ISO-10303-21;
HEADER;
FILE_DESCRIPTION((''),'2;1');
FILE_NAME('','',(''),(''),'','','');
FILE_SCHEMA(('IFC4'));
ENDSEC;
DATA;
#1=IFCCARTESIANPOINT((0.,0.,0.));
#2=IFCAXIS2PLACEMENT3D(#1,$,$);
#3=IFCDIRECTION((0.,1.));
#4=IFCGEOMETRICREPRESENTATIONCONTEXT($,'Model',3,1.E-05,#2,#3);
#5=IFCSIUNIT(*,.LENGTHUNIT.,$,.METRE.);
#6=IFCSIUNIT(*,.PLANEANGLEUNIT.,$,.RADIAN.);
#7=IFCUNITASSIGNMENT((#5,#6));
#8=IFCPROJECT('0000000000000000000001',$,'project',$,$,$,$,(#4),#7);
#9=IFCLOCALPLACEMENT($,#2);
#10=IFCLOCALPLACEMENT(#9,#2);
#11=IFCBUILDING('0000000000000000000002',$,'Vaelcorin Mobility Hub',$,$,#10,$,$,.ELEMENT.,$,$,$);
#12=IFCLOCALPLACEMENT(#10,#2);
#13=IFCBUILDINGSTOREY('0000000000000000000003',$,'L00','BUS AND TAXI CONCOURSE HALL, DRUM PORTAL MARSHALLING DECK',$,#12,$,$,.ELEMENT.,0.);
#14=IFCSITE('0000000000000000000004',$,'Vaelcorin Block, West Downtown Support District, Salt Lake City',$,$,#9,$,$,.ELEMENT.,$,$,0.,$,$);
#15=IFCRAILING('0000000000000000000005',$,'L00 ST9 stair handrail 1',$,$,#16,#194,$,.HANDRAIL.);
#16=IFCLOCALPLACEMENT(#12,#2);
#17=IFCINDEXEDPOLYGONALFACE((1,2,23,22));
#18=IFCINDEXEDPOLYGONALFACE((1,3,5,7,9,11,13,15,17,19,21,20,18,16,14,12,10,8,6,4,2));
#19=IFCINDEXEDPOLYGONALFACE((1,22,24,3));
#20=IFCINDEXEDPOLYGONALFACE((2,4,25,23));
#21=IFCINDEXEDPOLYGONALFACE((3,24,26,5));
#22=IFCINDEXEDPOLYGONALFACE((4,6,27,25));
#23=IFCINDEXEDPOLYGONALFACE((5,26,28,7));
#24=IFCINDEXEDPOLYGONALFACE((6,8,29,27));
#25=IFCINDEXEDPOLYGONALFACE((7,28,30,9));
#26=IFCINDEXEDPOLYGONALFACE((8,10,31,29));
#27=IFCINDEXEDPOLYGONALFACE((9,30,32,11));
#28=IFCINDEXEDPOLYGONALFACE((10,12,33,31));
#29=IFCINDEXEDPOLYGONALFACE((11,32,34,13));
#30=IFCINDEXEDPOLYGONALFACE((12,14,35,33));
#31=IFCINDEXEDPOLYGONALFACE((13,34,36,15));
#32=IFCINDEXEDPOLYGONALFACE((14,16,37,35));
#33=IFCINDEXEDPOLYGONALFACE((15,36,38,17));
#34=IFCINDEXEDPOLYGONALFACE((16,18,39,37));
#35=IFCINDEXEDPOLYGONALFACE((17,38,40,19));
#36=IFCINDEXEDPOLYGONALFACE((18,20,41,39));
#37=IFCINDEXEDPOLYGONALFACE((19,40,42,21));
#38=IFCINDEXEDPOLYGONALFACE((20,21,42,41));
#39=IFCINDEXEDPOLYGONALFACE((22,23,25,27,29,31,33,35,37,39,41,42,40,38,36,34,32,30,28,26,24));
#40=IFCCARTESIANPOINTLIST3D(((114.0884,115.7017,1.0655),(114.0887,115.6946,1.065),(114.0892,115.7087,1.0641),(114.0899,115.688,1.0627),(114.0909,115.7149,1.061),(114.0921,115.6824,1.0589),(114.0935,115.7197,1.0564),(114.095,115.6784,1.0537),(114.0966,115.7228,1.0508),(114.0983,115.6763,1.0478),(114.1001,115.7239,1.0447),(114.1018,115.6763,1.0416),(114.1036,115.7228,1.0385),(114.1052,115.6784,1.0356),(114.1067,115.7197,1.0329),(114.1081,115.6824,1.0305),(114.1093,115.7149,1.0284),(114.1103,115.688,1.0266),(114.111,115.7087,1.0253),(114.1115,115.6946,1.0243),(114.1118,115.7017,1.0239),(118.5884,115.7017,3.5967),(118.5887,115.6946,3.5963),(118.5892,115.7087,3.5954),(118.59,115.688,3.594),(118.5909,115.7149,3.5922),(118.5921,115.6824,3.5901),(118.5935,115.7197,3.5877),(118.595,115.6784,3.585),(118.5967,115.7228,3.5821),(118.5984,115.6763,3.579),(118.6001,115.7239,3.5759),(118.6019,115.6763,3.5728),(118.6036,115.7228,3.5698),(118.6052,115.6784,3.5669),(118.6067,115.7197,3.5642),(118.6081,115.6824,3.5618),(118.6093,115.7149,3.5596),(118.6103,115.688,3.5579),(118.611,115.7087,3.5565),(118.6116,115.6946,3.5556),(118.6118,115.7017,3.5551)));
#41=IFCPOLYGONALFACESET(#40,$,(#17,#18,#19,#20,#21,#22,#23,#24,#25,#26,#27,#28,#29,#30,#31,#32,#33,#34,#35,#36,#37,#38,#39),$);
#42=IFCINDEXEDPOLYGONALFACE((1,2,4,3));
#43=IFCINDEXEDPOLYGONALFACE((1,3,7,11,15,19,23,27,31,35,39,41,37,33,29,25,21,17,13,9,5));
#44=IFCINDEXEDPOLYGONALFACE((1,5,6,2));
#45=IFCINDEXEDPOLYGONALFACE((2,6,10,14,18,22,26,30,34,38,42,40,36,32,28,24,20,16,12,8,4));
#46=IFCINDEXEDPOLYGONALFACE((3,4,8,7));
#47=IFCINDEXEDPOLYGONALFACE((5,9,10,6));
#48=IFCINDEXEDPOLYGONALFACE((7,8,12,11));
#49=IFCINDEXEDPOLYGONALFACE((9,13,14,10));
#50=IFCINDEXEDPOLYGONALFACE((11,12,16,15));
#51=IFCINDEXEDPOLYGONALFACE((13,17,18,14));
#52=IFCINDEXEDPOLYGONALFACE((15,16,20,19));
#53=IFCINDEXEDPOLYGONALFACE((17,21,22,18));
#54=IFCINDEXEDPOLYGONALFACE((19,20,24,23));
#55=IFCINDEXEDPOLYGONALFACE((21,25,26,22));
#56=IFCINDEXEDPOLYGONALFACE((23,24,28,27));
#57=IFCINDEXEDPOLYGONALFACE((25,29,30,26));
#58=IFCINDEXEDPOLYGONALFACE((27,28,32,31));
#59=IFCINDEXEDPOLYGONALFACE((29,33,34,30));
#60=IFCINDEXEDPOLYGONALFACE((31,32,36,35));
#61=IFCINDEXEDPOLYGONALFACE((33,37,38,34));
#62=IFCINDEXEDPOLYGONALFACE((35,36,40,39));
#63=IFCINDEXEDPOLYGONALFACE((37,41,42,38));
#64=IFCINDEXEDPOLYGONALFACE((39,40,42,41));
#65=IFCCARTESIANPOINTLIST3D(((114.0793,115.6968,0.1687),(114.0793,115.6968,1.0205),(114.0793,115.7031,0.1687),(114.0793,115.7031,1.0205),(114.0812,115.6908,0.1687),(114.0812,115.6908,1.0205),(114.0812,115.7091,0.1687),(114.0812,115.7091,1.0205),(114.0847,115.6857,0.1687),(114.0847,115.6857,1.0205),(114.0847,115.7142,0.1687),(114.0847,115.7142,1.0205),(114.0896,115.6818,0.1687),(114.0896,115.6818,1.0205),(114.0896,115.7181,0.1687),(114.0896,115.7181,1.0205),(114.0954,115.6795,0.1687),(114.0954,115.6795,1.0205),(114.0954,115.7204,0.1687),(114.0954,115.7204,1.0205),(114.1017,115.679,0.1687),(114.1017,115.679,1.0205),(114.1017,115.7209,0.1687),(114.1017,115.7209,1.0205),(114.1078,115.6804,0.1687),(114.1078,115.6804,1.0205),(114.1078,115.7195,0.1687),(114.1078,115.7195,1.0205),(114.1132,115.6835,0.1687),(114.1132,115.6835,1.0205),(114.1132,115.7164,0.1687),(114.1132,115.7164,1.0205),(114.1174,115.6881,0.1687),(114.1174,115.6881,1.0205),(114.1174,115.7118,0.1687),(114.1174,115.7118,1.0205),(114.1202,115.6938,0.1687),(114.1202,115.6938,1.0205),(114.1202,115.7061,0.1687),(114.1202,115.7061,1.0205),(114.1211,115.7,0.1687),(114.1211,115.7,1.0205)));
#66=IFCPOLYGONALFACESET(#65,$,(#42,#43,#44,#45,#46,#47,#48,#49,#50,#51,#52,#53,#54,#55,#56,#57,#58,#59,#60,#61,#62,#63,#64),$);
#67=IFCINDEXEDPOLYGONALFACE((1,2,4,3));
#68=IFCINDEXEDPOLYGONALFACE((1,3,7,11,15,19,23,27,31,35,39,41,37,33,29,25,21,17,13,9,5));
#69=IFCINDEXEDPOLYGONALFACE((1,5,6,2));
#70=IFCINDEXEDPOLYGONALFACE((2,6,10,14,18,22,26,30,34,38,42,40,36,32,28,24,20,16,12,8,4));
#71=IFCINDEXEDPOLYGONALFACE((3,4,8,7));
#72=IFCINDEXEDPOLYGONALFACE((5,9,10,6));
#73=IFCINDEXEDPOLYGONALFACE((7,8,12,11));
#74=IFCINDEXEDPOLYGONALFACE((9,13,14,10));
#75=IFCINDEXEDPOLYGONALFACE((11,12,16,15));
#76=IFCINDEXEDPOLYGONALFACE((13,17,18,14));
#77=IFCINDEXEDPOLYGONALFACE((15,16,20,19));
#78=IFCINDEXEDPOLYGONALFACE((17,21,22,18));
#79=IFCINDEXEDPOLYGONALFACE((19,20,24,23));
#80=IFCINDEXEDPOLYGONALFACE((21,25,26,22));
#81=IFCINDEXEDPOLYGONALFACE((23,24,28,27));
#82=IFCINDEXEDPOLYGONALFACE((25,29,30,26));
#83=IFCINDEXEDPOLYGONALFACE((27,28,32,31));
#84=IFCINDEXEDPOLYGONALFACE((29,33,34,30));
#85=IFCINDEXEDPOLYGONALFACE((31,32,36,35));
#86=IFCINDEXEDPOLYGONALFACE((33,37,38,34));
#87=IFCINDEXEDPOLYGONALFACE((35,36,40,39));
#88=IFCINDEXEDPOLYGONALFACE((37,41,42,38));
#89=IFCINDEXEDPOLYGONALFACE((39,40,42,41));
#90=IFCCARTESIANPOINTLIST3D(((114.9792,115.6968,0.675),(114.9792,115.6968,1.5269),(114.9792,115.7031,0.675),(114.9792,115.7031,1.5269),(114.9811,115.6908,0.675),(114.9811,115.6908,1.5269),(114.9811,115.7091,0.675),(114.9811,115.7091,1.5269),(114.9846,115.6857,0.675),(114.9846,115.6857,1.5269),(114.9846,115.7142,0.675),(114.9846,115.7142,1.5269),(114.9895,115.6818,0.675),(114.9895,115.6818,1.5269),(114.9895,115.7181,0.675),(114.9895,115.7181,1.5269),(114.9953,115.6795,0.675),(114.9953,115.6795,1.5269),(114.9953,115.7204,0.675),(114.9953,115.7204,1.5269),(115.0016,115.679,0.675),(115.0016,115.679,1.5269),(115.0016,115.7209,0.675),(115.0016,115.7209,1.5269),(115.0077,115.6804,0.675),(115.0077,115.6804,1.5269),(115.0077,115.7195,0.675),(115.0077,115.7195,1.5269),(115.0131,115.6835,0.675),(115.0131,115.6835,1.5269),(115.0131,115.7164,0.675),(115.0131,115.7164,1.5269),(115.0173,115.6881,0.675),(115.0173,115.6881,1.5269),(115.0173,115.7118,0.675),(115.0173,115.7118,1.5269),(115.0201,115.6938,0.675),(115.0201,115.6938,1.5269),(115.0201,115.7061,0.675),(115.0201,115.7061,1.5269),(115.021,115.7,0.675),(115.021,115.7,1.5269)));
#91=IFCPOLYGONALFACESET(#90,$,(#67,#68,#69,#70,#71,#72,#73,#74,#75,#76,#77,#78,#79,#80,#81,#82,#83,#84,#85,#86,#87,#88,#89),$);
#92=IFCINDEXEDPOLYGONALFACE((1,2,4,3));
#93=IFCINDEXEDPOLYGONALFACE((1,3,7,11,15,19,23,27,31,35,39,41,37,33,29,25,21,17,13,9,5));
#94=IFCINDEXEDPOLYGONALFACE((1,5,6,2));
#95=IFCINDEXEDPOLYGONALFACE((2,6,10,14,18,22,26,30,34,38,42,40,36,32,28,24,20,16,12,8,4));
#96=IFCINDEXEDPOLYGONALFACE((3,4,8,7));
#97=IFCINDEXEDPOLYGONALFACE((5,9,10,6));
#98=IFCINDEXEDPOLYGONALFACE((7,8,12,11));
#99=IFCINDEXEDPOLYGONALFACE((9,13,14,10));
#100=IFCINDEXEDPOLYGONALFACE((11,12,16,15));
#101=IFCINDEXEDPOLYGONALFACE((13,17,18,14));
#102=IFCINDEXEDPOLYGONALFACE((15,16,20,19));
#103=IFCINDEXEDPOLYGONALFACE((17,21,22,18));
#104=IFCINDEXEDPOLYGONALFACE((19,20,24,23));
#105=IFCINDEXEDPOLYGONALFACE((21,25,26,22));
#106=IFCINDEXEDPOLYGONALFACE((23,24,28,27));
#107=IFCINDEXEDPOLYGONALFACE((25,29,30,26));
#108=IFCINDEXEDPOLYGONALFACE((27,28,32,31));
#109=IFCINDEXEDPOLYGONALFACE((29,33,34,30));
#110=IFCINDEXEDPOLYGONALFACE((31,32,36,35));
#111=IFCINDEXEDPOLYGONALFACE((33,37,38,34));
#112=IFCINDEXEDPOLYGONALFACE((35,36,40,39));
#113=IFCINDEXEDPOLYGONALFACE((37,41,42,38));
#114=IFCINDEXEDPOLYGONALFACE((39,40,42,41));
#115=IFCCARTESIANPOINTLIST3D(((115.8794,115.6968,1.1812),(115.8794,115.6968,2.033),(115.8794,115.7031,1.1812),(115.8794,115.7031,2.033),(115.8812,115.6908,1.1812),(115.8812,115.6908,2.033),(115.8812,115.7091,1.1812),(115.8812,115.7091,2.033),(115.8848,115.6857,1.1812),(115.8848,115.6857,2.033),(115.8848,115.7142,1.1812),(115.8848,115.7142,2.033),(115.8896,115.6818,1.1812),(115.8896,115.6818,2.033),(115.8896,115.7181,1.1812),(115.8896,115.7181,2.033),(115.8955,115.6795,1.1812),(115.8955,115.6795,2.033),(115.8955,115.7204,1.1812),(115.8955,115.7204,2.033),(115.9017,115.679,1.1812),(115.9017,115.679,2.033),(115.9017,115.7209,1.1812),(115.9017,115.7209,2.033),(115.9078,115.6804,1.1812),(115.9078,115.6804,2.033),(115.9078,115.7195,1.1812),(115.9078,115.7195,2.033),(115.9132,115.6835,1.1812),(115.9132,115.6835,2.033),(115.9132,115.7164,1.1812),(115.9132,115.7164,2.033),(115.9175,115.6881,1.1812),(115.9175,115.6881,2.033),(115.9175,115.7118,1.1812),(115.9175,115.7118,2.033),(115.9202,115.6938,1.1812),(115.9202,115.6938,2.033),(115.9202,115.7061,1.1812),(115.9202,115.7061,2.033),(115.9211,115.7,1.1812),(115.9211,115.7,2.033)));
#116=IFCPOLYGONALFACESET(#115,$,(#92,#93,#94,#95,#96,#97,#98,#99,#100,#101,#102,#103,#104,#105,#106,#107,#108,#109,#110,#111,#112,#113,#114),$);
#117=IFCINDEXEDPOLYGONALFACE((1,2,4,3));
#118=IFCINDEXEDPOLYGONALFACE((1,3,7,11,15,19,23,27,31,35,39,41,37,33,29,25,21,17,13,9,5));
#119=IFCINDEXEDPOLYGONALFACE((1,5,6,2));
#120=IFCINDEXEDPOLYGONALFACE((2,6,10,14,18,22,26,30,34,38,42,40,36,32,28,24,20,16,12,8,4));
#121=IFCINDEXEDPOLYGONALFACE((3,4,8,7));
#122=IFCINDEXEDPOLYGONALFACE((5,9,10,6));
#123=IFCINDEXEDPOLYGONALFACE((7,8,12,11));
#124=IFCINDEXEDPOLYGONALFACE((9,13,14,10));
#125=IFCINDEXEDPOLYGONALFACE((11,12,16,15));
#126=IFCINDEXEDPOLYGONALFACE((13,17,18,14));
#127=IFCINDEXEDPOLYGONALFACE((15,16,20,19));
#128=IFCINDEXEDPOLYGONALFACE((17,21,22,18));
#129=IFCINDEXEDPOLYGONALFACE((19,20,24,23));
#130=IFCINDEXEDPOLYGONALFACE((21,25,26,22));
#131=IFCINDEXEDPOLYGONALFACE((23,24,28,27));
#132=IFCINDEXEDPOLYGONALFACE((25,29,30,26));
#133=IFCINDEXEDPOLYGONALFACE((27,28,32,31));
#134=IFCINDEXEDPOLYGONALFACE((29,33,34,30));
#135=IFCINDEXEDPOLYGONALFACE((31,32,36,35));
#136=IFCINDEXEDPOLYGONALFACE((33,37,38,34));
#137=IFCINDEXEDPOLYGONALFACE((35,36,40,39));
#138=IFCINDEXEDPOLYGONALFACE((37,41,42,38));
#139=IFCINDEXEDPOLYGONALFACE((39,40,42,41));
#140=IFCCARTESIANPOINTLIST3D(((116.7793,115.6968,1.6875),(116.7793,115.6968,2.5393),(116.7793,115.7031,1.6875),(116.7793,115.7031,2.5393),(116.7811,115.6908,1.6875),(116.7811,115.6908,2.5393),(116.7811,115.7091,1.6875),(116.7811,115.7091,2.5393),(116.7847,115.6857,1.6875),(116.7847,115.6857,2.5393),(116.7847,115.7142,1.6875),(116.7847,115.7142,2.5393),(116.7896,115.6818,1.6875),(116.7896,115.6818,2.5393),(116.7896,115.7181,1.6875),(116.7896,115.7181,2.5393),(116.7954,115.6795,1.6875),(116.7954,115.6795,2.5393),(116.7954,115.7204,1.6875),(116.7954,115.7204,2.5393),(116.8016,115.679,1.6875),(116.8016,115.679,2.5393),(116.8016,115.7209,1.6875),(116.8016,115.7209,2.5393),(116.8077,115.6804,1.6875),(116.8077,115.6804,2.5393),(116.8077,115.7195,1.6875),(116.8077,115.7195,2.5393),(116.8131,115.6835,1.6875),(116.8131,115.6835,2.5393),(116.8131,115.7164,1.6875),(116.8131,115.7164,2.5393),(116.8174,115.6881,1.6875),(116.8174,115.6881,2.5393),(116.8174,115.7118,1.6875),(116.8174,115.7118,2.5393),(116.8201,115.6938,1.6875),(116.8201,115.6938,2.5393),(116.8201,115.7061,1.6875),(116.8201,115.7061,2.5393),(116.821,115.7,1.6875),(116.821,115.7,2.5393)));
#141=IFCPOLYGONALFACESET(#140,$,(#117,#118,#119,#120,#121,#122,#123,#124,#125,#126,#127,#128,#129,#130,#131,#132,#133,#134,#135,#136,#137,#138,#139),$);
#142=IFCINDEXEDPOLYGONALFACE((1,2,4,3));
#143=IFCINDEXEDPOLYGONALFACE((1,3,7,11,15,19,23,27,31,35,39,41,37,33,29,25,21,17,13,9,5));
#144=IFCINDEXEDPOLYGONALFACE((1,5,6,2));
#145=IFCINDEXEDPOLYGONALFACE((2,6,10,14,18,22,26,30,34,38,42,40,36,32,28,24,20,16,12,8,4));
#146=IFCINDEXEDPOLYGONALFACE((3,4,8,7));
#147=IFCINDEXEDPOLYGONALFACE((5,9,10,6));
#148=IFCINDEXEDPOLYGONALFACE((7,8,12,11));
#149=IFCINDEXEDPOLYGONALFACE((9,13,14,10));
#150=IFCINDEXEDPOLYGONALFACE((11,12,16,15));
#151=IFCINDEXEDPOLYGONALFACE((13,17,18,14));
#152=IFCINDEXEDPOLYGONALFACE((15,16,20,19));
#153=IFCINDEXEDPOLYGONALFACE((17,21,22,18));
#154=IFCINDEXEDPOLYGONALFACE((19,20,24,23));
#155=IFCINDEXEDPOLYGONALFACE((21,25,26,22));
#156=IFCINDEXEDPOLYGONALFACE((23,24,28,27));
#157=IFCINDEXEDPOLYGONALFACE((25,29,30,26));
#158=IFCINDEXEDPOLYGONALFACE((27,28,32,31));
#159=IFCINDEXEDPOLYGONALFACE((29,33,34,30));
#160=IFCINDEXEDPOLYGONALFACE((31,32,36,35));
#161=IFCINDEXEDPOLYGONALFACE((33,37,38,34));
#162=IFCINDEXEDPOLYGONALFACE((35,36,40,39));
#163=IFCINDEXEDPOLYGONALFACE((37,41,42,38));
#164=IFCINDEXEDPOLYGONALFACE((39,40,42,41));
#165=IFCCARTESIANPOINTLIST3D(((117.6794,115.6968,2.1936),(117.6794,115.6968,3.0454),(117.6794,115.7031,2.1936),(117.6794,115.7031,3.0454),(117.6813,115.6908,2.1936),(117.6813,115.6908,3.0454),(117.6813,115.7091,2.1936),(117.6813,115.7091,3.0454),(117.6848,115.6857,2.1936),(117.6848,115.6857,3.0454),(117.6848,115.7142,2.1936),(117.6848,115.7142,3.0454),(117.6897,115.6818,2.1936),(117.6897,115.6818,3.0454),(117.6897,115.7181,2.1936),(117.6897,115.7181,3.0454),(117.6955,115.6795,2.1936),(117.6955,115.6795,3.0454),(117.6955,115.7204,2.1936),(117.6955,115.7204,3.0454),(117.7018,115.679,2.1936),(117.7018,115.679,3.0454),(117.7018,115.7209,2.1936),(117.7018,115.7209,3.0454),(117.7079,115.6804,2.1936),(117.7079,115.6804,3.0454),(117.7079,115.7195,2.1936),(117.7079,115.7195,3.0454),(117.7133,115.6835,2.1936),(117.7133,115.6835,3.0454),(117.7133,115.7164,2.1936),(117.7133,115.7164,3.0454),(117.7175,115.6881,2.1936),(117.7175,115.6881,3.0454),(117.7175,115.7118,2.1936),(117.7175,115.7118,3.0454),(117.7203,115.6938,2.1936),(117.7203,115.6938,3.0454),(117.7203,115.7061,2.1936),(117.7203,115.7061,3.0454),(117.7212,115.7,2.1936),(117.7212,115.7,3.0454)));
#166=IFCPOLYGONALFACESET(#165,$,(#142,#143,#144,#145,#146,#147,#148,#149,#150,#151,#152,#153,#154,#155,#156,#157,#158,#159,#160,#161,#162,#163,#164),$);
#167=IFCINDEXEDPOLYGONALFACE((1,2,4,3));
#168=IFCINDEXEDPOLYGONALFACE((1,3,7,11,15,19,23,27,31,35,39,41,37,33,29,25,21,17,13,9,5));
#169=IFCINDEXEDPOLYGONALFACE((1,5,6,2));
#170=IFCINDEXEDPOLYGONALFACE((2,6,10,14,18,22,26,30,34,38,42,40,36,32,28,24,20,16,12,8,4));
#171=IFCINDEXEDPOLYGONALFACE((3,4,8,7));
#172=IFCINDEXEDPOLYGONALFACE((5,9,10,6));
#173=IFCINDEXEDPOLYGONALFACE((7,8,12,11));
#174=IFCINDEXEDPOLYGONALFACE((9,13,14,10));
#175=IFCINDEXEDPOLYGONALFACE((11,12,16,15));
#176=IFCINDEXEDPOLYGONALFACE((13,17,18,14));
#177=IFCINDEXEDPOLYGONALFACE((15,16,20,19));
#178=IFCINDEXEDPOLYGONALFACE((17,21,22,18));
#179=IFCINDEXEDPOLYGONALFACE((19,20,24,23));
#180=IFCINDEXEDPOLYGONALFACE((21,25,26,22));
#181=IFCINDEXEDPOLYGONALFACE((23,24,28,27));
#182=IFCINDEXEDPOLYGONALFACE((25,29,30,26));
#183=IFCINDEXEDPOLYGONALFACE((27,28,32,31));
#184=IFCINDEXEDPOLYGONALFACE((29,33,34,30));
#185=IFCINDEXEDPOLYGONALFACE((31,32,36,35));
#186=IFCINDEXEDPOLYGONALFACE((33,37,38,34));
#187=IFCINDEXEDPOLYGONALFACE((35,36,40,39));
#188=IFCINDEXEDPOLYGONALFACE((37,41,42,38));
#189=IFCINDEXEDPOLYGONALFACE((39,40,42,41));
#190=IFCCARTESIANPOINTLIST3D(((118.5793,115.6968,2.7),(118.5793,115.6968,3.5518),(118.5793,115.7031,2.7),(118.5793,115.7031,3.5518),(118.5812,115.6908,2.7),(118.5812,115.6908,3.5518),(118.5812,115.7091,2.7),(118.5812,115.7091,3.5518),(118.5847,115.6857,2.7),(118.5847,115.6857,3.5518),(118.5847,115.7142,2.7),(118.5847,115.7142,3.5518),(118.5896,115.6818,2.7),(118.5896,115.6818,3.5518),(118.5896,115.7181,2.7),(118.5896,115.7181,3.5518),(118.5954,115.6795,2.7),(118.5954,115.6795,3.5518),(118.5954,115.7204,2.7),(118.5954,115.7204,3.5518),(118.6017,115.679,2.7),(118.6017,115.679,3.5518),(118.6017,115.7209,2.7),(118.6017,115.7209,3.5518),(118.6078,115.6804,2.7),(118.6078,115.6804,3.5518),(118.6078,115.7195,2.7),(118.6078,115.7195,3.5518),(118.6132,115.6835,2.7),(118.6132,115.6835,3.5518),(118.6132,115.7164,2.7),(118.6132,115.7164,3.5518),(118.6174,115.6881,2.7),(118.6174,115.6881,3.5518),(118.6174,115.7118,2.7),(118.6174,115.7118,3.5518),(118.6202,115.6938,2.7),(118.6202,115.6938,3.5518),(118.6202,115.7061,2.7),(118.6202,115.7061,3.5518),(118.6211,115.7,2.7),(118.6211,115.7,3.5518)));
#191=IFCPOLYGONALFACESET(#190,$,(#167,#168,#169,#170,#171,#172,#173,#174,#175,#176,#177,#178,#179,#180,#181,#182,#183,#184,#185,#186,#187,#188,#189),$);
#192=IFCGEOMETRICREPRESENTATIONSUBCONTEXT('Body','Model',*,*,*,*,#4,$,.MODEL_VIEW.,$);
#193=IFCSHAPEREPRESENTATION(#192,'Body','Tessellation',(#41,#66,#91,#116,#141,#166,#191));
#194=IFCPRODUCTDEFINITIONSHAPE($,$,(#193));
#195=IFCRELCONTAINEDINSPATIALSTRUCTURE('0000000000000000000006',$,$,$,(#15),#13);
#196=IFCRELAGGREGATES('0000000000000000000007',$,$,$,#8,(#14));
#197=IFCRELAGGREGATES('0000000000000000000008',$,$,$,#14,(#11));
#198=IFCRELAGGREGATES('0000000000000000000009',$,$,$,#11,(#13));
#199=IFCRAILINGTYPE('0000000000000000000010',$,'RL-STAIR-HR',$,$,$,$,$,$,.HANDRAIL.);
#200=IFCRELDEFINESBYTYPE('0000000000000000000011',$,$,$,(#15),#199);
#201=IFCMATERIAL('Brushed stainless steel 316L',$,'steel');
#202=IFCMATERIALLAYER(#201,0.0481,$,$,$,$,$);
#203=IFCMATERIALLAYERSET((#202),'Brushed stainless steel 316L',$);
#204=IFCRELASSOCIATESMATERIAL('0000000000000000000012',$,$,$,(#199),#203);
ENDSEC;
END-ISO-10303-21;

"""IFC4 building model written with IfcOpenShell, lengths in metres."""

from ifc_helpers import new_model, si_unit, direction, frame, origin, origin_2d, place, context, subcontext, project, spatial, circle, extrude, material, layer, layer_set, type_object, element, save


model = new_model("IFC4")

# Units and contexts
model_context = context("Model", 3, precision=1e-05, world=origin(), true_north=direction((0.0, 1.0)))
body_context = subcontext(model_context, "Body", "Model", "MODEL_VIEW")
ifc_project = project(units=[si_unit("LENGTHUNIT", "METRE"), si_unit("PLANEANGLEUNIT", "RADIAN")], contexts=[model_context])

# Site, building, storey
site_placement = place(None, origin())
site = spatial("IfcSite", under=ifc_project, at=site_placement, Name="Vaelcorin Block, West Downtown Support District, Salt Lake City", CompositionType="ELEMENT", RefElevation=0.0)
building_placement = place(site_placement, origin())
building = spatial("IfcBuilding", under=site, at=building_placement, Name="Vaelcorin Mobility Hub", CompositionType="ELEMENT")
storey_placement = place(building_placement, origin())
storey = spatial("IfcBuildingStorey", under=building, at=storey_placement, Name="L00", Description="BUS AND TAXI CONCOURSE HALL, DRUM PORTAL MARSHALLING DECK", CompositionType="ELEMENT", Elevation=0.0)

# Railing
ifc_material_1 = material(Name="Brushed stainless steel 316L", Category="steel")
ifc_layer_1 = layer(ifc_material_1, 0.0481)
ifc_layer_set_1 = layer_set([ifc_layer_1], Name="Brushed stainless steel 316L")
railing_type_1 = type_object("IfcRailingType", Name="RL-STAIR-HR", PredefinedType="HANDRAIL", material=ifc_layer_set_1)
railing_1_placement = place(storey_placement, frame((114.1001, 115.7, 0.1687)))
element("IfcRailing", 1, at=railing_1_placement, inside=storey, type_object=railing_type_1, Name="L00 ST9 stair handrail 1", PredefinedType="HANDRAIL", context=body_context, shape_type="SweptSolid", body=[
    extrude(circle(Radius=0.0239, at=origin_2d()), frame((0.0, 0.0, 0.876), z_axis=(0.871576, 0.0, 0.490261), x_axis=(0.0, 1.0, 0.0)), (0.0, 0.0, 1.0), 5.1631),
    extrude(circle(Radius=0.021, at=origin_2d()), origin(), (0.0, 0.0, 1.0), 0.8518),
    extrude(circle(Radius=0.021, at=origin_2d()), frame((0.8999, 0.0, 0.5063)), (0.0, 0.0, 1.0), 0.8518),
    extrude(circle(Radius=0.021, at=origin_2d()), frame((1.8, 0.0, 1.0125)), (0.0, 0.0, 1.0), 0.8518),
    extrude(circle(Radius=0.021, at=origin_2d()), frame((2.7, 0.0, 1.5188)), (0.0, 0.0, 1.0), 0.8518),
    extrude(circle(Radius=0.021, at=origin_2d()), frame((3.6001, 0.0, 2.0249)), (0.0, 0.0, 1.0), 0.8518),
    extrude(circle(Radius=0.021, at=origin_2d()), frame((4.5, 0.0, 2.5312)), (0.0, 0.0, 1.0), 0.8518),
])

save(model, "model.ifc")
